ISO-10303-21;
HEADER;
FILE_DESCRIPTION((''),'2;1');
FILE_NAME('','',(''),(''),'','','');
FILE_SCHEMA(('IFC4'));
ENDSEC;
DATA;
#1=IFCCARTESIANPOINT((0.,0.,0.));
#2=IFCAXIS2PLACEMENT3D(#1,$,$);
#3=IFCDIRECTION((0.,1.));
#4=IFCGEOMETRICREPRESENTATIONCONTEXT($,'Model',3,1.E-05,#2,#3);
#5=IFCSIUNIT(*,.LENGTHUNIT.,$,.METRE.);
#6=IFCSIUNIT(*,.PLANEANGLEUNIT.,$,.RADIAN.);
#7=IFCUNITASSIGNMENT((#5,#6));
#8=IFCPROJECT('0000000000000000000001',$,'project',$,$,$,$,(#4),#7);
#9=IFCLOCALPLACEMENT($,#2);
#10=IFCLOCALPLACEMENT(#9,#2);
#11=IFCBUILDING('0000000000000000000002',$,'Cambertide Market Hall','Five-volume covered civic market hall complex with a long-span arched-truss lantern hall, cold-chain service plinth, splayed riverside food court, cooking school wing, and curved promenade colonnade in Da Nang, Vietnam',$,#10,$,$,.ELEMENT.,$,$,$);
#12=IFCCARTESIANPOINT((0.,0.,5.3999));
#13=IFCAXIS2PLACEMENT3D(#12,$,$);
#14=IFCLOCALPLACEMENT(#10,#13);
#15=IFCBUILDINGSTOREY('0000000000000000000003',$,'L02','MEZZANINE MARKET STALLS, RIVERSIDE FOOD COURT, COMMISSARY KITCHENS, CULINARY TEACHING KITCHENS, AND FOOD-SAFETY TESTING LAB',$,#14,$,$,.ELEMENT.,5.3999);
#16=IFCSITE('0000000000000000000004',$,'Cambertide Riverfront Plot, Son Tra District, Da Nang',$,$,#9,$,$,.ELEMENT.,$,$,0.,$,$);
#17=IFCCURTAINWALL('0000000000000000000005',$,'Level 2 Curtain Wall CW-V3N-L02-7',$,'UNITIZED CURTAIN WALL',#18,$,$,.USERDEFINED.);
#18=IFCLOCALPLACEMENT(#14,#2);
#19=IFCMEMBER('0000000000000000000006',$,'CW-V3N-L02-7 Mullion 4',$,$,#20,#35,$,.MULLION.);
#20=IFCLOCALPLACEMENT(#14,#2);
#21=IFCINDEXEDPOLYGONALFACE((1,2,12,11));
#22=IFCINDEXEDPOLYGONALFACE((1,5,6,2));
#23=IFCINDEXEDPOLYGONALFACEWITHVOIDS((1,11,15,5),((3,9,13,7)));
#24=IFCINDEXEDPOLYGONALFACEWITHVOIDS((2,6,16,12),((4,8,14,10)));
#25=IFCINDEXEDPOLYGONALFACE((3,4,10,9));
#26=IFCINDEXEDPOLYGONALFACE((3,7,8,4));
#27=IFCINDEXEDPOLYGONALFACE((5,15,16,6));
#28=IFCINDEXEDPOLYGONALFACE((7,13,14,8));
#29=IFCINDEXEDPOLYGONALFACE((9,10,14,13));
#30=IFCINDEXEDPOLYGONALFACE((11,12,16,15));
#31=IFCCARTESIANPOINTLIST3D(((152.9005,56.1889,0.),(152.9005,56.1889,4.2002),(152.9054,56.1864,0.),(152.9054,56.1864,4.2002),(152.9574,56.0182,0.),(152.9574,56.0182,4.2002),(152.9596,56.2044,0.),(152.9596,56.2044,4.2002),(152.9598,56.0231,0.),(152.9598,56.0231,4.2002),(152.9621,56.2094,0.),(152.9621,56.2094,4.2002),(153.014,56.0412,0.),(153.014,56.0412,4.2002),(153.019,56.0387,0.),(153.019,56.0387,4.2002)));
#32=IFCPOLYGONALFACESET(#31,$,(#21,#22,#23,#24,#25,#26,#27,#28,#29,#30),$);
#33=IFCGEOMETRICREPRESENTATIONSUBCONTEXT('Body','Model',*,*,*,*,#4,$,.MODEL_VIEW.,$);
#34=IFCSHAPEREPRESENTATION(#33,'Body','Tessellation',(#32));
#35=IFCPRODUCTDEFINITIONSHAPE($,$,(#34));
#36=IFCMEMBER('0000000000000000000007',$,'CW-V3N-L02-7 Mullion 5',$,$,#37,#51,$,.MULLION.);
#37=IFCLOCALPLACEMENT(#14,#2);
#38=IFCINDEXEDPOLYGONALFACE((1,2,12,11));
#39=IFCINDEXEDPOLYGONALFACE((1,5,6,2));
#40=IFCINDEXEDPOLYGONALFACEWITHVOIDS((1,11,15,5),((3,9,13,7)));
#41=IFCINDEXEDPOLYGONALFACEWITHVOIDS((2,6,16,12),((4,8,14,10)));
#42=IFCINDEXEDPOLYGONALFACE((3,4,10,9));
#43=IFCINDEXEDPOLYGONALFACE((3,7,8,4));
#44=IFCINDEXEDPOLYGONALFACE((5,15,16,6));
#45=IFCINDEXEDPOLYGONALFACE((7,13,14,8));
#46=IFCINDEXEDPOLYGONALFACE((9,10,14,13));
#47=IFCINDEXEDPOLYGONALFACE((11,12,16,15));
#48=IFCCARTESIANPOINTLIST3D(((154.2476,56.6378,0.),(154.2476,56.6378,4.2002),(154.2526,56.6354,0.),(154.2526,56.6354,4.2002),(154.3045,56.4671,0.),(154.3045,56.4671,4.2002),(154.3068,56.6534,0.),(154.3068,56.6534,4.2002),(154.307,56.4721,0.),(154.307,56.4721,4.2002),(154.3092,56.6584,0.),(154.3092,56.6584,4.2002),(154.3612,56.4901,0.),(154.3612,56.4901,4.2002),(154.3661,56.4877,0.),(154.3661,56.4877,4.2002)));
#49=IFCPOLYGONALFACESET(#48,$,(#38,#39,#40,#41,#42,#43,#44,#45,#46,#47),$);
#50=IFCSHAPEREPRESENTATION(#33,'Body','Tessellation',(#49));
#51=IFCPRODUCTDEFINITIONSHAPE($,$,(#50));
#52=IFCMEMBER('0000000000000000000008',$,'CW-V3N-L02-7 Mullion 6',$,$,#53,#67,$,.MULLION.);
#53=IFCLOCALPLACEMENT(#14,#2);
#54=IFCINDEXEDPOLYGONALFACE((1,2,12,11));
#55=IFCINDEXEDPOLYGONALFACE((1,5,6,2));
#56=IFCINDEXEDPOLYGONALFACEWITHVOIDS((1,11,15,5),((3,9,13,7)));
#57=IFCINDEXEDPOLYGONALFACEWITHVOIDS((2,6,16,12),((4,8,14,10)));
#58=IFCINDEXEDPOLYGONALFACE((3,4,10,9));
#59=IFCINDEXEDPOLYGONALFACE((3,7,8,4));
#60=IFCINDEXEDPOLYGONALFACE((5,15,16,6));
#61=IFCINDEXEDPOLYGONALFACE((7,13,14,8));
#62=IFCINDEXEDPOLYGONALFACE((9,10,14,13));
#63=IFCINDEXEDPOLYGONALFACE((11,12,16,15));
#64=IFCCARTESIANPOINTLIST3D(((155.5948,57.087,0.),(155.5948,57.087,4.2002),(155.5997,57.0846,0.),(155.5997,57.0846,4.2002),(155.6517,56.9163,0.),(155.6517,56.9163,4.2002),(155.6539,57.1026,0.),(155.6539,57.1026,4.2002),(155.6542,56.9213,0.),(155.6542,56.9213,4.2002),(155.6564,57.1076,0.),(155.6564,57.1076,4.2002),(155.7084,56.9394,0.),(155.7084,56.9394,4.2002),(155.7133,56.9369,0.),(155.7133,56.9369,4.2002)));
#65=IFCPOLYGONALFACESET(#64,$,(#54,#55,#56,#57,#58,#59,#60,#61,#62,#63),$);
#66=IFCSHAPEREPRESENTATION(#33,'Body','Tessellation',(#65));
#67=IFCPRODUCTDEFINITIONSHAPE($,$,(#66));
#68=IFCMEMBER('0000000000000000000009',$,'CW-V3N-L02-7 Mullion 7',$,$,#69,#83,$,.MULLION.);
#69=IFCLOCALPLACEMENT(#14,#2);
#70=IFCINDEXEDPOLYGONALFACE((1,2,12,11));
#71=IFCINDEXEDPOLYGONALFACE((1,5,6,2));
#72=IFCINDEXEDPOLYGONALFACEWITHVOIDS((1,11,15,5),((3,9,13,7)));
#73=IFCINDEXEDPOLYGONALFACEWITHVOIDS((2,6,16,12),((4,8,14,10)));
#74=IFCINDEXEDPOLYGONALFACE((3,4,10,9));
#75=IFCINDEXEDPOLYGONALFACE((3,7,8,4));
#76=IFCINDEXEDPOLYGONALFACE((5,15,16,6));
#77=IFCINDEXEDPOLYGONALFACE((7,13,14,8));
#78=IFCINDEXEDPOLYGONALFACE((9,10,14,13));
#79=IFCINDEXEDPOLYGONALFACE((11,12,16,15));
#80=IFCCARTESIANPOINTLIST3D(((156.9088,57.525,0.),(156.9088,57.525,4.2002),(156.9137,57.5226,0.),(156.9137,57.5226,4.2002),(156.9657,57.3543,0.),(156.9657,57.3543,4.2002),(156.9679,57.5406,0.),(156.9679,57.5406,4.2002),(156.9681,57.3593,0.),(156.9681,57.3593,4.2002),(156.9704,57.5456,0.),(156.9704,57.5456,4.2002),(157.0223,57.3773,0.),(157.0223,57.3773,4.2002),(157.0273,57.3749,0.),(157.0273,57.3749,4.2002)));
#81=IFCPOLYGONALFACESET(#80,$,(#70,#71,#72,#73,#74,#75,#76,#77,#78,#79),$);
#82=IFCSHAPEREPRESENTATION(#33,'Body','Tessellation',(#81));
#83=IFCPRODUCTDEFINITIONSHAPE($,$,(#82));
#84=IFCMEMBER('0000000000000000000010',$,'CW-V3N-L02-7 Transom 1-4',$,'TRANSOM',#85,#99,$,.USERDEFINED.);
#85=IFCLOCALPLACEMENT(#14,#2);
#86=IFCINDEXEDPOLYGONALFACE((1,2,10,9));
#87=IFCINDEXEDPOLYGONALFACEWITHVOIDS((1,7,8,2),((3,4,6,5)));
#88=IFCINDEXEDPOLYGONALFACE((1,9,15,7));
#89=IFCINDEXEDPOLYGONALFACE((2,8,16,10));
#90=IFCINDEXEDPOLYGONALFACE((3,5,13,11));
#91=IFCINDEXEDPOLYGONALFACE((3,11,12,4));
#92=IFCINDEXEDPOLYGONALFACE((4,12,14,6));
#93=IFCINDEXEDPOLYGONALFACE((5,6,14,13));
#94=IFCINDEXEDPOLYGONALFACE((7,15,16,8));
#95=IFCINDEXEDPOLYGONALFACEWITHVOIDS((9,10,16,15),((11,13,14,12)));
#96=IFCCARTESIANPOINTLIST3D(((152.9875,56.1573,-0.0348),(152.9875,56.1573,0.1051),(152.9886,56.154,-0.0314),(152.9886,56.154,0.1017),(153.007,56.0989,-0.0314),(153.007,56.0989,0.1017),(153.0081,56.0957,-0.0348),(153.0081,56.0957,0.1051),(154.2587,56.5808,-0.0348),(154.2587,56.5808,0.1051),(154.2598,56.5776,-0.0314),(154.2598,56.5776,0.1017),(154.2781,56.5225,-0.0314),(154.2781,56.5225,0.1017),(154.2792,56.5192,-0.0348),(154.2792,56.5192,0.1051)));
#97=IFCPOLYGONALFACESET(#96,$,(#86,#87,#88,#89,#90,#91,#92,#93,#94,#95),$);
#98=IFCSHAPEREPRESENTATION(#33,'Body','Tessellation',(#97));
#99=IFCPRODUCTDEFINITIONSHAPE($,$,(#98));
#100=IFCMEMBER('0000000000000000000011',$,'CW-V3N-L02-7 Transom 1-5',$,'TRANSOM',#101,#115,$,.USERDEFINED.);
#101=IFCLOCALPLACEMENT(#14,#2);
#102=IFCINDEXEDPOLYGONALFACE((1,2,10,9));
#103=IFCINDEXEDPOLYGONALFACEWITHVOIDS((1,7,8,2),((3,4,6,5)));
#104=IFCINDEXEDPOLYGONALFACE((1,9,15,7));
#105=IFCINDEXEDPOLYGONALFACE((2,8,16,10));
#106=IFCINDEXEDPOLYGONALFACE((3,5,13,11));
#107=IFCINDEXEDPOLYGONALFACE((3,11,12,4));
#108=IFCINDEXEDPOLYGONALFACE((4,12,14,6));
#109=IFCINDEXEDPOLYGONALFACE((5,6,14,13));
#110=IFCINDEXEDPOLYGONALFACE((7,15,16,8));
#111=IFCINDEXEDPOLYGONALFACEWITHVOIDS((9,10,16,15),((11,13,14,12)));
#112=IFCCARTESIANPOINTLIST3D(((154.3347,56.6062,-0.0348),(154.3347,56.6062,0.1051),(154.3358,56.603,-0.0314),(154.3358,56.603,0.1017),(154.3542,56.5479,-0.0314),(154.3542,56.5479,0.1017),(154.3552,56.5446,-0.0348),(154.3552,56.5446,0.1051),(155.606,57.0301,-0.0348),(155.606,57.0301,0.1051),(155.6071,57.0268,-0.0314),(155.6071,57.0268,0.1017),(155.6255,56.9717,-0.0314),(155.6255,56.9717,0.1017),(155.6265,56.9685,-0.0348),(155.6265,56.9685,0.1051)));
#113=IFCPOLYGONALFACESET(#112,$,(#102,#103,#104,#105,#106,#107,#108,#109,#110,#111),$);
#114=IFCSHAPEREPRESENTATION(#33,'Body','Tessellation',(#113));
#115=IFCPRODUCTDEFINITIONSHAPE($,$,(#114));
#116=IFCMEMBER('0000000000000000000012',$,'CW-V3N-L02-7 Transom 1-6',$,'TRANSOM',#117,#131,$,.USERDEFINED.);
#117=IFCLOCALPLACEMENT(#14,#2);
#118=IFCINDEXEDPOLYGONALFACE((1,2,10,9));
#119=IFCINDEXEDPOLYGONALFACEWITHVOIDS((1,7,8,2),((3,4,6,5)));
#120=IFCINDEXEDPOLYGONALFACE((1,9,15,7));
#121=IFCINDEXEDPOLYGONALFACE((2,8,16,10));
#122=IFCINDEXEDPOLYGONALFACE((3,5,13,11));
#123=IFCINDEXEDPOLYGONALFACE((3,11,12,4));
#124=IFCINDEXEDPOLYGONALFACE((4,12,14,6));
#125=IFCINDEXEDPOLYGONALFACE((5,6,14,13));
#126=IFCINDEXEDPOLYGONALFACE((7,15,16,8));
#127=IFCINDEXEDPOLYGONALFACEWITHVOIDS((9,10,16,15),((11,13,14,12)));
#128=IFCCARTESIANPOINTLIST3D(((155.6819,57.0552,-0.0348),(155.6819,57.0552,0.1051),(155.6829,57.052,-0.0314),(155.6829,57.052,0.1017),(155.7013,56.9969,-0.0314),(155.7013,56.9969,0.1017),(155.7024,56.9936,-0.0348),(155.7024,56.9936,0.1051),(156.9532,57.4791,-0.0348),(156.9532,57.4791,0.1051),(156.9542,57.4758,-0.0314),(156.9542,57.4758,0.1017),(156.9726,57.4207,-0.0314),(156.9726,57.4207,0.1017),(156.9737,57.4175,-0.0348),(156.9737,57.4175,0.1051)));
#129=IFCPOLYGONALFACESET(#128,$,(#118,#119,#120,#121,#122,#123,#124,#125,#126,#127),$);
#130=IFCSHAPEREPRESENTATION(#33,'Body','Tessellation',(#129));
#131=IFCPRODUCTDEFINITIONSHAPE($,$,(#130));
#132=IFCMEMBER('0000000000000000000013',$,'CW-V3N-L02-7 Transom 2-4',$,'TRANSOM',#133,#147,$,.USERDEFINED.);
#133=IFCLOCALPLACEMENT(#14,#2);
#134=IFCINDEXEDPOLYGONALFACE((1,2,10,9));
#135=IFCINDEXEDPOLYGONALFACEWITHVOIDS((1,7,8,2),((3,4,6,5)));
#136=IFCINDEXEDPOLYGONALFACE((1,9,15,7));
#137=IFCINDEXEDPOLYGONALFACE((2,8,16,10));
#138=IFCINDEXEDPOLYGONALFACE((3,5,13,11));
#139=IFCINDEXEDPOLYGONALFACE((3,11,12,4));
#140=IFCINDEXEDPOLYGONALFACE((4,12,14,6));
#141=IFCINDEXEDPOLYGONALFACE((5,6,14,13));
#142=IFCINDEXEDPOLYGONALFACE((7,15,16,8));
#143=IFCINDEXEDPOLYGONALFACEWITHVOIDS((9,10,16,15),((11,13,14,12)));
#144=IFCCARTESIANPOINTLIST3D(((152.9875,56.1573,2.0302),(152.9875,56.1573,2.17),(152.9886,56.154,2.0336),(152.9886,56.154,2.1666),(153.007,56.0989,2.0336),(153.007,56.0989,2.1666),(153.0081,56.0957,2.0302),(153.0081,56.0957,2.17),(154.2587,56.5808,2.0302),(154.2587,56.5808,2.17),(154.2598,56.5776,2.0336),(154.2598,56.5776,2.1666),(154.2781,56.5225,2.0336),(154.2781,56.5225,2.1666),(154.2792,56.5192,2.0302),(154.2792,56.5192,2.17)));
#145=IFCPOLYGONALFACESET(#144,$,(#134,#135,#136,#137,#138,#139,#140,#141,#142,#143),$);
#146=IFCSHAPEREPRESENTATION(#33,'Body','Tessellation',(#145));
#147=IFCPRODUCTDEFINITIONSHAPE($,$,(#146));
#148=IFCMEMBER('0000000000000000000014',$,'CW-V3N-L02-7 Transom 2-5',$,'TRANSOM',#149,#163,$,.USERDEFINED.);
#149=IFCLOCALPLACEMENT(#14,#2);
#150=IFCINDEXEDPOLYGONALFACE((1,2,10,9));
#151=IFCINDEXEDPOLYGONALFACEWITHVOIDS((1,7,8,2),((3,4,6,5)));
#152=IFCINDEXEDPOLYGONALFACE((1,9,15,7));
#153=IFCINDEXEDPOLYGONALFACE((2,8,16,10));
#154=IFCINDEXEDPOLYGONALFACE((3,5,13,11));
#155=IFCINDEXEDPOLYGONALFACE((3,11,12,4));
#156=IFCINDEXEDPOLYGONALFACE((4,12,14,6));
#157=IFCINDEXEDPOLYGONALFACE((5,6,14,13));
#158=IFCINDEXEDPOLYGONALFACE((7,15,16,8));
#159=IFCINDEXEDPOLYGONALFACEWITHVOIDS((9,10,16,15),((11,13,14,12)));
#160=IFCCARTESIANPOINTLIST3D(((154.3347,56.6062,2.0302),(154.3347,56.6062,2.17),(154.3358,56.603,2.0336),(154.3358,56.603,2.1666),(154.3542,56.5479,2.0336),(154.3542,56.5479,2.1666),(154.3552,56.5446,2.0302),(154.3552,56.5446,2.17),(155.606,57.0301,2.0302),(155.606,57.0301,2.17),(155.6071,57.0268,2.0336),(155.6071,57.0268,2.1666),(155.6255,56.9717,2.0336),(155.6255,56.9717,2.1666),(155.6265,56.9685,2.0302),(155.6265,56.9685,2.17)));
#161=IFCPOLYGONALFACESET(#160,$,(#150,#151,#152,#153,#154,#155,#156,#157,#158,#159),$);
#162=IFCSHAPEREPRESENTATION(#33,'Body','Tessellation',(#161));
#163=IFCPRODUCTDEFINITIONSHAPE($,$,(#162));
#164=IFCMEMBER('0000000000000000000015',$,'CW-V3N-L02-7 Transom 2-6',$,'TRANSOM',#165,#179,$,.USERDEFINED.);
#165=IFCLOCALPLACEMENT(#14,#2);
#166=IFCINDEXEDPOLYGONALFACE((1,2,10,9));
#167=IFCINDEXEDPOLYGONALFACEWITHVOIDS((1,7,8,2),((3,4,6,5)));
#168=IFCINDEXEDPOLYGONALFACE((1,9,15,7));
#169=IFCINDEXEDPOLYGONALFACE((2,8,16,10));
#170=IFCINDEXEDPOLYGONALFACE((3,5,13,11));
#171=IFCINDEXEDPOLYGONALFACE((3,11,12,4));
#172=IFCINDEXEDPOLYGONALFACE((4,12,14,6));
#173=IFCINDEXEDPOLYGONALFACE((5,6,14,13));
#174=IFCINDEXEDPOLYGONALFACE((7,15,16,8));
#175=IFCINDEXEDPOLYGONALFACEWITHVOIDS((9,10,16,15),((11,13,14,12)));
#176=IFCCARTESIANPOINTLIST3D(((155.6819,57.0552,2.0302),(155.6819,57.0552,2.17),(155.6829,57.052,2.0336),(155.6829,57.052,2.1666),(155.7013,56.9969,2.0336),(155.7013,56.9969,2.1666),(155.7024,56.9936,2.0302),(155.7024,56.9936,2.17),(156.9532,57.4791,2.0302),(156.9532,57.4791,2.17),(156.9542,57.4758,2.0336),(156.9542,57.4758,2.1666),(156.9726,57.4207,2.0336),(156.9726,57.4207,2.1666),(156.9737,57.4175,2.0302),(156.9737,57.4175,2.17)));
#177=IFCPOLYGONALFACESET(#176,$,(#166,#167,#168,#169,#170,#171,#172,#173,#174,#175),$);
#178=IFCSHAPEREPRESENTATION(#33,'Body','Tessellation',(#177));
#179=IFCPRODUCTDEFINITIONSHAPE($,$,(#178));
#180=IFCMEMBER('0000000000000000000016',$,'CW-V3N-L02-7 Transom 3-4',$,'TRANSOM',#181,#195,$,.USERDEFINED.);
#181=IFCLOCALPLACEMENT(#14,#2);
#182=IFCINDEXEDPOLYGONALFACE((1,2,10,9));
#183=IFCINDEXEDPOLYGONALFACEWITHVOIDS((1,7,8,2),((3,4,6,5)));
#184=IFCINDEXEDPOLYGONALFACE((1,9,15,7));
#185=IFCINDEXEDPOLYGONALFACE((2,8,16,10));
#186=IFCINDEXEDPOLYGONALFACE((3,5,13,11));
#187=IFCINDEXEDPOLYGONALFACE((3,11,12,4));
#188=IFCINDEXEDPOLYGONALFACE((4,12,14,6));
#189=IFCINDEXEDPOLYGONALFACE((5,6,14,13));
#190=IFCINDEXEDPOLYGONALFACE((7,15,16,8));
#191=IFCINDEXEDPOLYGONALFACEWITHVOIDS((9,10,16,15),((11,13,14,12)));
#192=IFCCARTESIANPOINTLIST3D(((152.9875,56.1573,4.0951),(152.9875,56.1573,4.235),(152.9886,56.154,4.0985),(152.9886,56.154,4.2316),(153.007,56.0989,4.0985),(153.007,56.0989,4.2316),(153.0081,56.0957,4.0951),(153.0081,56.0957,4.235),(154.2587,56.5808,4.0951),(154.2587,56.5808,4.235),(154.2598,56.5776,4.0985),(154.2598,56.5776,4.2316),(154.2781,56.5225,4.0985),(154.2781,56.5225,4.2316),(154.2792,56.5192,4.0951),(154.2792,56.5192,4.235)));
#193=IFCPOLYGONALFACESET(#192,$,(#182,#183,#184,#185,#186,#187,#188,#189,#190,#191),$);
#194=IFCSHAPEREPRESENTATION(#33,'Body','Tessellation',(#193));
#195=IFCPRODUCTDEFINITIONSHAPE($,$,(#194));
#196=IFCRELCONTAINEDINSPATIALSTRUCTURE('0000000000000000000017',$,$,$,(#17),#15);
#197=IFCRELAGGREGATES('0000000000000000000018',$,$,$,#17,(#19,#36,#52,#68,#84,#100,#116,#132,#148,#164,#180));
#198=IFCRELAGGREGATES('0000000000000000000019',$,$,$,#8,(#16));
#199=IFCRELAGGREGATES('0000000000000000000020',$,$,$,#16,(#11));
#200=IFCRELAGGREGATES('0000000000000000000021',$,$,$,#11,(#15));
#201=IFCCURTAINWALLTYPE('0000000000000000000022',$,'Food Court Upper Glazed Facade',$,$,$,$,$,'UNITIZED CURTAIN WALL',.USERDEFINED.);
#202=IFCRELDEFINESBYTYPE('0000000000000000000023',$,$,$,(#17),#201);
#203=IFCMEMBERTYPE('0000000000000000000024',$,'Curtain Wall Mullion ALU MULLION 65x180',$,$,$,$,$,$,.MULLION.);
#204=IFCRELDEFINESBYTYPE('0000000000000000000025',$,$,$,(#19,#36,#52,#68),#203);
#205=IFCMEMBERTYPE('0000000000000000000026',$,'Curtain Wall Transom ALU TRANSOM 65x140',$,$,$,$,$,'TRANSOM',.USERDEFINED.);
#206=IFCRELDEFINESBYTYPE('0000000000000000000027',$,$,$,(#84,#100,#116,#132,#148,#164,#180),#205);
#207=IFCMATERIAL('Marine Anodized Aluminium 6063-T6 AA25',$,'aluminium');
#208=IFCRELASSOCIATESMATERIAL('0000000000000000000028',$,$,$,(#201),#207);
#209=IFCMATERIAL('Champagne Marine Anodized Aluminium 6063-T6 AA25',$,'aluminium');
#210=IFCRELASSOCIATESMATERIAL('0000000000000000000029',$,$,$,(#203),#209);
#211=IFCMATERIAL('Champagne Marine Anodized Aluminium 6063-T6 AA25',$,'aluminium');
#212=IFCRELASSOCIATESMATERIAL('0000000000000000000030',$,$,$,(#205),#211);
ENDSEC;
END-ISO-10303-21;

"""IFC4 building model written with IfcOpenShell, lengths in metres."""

from ifc_helpers import new_model, si_unit, direction, frame, origin, origin_2d, place, context, subcontext, project, spatial, hollow_rectangle, extrude, material, material_profile, profile_set, type_object, element, aggregate, save


model = new_model("IFC4")

# Units and contexts
model_context = context("Model", 3, precision=1e-05, world=origin(), true_north=direction((0.0, 1.0)))
body_context = subcontext(model_context, "Body", "Model", "MODEL_VIEW")
ifc_project = project(units=[si_unit("LENGTHUNIT", "METRE"), si_unit("PLANEANGLEUNIT", "RADIAN")], contexts=[model_context])

# Site, building, storey
site_placement = place(None, origin())
site = spatial("IfcSite", under=ifc_project, at=site_placement, Name="Cambertide Riverfront Plot, Son Tra District, Da Nang", CompositionType="ELEMENT", RefElevation=0.0)
building_placement = place(site_placement, origin())
building = spatial("IfcBuilding", under=site, at=building_placement, Name="Cambertide Market Hall", Description="Five-volume covered civic market hall complex with a long-span arched-truss lantern hall, cold-chain service plinth, splayed riverside food court, cooking school wing, and curved promenade colonnade in Da Nang, Vietnam", CompositionType="ELEMENT")
storey_placement = place(building_placement, frame((0.0, 0.0, 5.3999)))
storey = spatial("IfcBuildingStorey", under=building, at=storey_placement, Name="L02", Description="MEZZANINE MARKET STALLS, RIVERSIDE FOOD COURT, COMMISSARY KITCHENS, CULINARY TEACHING KITCHENS, AND FOOD-SAFETY TESTING LAB", CompositionType="ELEMENT", Elevation=5.3999)

# Curtain wall, members
ifc_material_1 = material(Name="Marine Anodized Aluminium 6063-T6 AA25", Category="aluminium")
curtain_wall_type = type_object("IfcCurtainWallType", Name="Food Court Upper Glazed Facade", ElementType="UNITIZED CURTAIN WALL", PredefinedType="USERDEFINED", material=ifc_material_1)
curtain_wall_placement = place(storey_placement, origin())
curtain_wall = element("IfcCurtainWall", 1, at=curtain_wall_placement, inside=storey, type_object=curtain_wall_type, Name="Level 2 Curtain Wall CW-V3N-L02-7", ObjectType="UNITIZED CURTAIN WALL", PredefinedType="USERDEFINED")
ifc_material_2 = material(Name="Champagne Marine Anodized Aluminium 6063-T6 AA25", Category="aluminium")
ifc_material_profile_1 = material_profile(ifc_material_2, hollow_rectangle(XDim=0.0649, YDim=0.1799, WallThickness=0.0039, at=origin_2d()), Name="ALU MULLION 65x180")
ifc_profile_set_1 = profile_set([ifc_material_profile_1], Name="Champagne Marine Anodized Aluminium 6063-T6 AA25")
member_type_1 = type_object("IfcMemberType", Name="Curtain Wall Mullion ALU MULLION 65x180", PredefinedType="MULLION", material=ifc_profile_set_1)
member_1_placement = place(storey_placement, frame((152.9597, 56.1138, 0.0), z_axis=(0.0, 0.0, 1.0), x_axis=(0.948683, 0.316228, 0.0)))
member_1 = element("IfcMember", 2, at=member_1_placement, type_object=member_type_1, Name="CW-V3N-L02-7 Mullion 4", PredefinedType="MULLION", context=body_context, shape_type="SweptSolid", body=[
    extrude(hollow_rectangle(XDim=0.0649, YDim=0.1799, WallThickness=0.0039, at=origin_2d()), origin(), (0.0, 0.0, 1.0), 4.2002),
])
member_2_placement = place(storey_placement, frame((154.3069, 56.5627, 0.0), z_axis=(0.0, 0.0, 1.0), x_axis=(0.948683, 0.316228, 0.0)))
member_2 = element("IfcMember", 3, at=member_2_placement, type_object=member_type_1, Name="CW-V3N-L02-7 Mullion 5", PredefinedType="MULLION", context=body_context, shape_type="SweptSolid", body=[
    extrude(hollow_rectangle(XDim=0.0649, YDim=0.1799, WallThickness=0.0039, at=origin_2d()), origin(), (0.0, 0.0, 1.0), 4.2002),
])
member_3_placement = place(storey_placement, frame((155.6541, 57.012, 0.0), z_axis=(0.0, 0.0, 1.0), x_axis=(0.948683, 0.316228, 0.0)))
member_3 = element("IfcMember", 4, at=member_3_placement, type_object=member_type_1, Name="CW-V3N-L02-7 Mullion 6", PredefinedType="MULLION", context=body_context, shape_type="SweptSolid", body=[
    extrude(hollow_rectangle(XDim=0.0649, YDim=0.1799, WallThickness=0.0039, at=origin_2d()), origin(), (0.0, 0.0, 1.0), 4.2002),
])
member_4_placement = place(storey_placement, frame((156.968, 57.45, 0.0), z_axis=(0.0, 0.0, 1.0), x_axis=(0.948683, 0.316228, 0.0)))
member_4 = element("IfcMember", 5, at=member_4_placement, type_object=member_type_1, Name="CW-V3N-L02-7 Mullion 7", PredefinedType="MULLION", context=body_context, shape_type="SweptSolid", body=[
    extrude(hollow_rectangle(XDim=0.0649, YDim=0.1799, WallThickness=0.0039, at=origin_2d()), origin(), (0.0, 0.0, 1.0), 4.2002),
])
ifc_material_3 = material(Name="Champagne Marine Anodized Aluminium 6063-T6 AA25", Category="aluminium")
ifc_material_profile_2 = material_profile(ifc_material_3, hollow_rectangle(XDim=0.0649, YDim=0.1399, WallThickness=0.0034, at=origin_2d()), Name="ALU TRANSOM 65x140")
ifc_profile_set_2 = profile_set([ifc_material_profile_2], Name="Champagne Marine Anodized Aluminium 6063-T6 AA25")
member_type_2 = type_object("IfcMemberType", Name="Curtain Wall Transom ALU TRANSOM 65x140", ElementType="TRANSOM", PredefinedType="USERDEFINED", material=ifc_profile_set_2)
member_5_placement = place(storey_placement, frame((152.9978, 56.1265, 0.0352), z_axis=(0.94872, 0.316118, 0.0), x_axis=(-0.316118, 0.94872, 0.0)))
member_5 = element("IfcMember", 6, at=member_5_placement, type_object=member_type_2, Name="CW-V3N-L02-7 Transom 1-4", ObjectType="TRANSOM", PredefinedType="USERDEFINED", context=body_context, shape_type="SweptSolid", body=[
    extrude(hollow_rectangle(XDim=0.0649, YDim=0.1399, WallThickness=0.0034, at=origin_2d()), origin(), (0.0, 0.0, 1.0), 1.3398),
])
member_6_placement = place(storey_placement, frame((154.345, 56.5754, 0.0352), z_axis=(0.948665, 0.316282, 0.0), x_axis=(-0.316282, 0.948665, 0.0)))
member_6 = element("IfcMember", 7, at=member_6_placement, type_object=member_type_2, Name="CW-V3N-L02-7 Transom 1-5", ObjectType="TRANSOM", PredefinedType="USERDEFINED", context=body_context, shape_type="SweptSolid", body=[
    extrude(hollow_rectangle(XDim=0.0649, YDim=0.1399, WallThickness=0.0034, at=origin_2d()), origin(), (0.0, 0.0, 1.0), 1.3401),
])
member_7_placement = place(storey_placement, frame((155.6921, 57.0244, 0.0352), z_axis=(0.948665, 0.316282, 0.0), x_axis=(-0.316282, 0.948665, 0.0)))
member_7 = element("IfcMember", 8, at=member_7_placement, type_object=member_type_2, Name="CW-V3N-L02-7 Transom 1-6", ObjectType="TRANSOM", PredefinedType="USERDEFINED", context=body_context, shape_type="SweptSolid", body=[
    extrude(hollow_rectangle(XDim=0.0649, YDim=0.1399, WallThickness=0.0034, at=origin_2d()), origin(), (0.0, 0.0, 1.0), 1.3401),
])
member_8_placement = place(storey_placement, frame((152.9978, 56.1265, 2.1001), z_axis=(0.94872, 0.316118, 0.0), x_axis=(-0.316118, 0.94872, 0.0)))
member_8 = element("IfcMember", 9, at=member_8_placement, type_object=member_type_2, Name="CW-V3N-L02-7 Transom 2-4", ObjectType="TRANSOM", PredefinedType="USERDEFINED", context=body_context, shape_type="SweptSolid", body=[
    extrude(hollow_rectangle(XDim=0.0649, YDim=0.1399, WallThickness=0.0034, at=origin_2d()), origin(), (0.0, 0.0, 1.0), 1.3398),
])
member_9_placement = place(storey_placement, frame((154.345, 56.5754, 2.1001), z_axis=(0.948665, 0.316282, 0.0), x_axis=(-0.316282, 0.948665, 0.0)))
member_9 = element("IfcMember", 10, at=member_9_placement, type_object=member_type_2, Name="CW-V3N-L02-7 Transom 2-5", ObjectType="TRANSOM", PredefinedType="USERDEFINED", context=body_context, shape_type="SweptSolid", body=[
    extrude(hollow_rectangle(XDim=0.0649, YDim=0.1399, WallThickness=0.0034, at=origin_2d()), origin(), (0.0, 0.0, 1.0), 1.3401),
])
member_10_placement = place(storey_placement, frame((155.6921, 57.0244, 2.1001), z_axis=(0.948665, 0.316282, 0.0), x_axis=(-0.316282, 0.948665, 0.0)))
member_10 = element("IfcMember", 11, at=member_10_placement, type_object=member_type_2, Name="CW-V3N-L02-7 Transom 2-6", ObjectType="TRANSOM", PredefinedType="USERDEFINED", context=body_context, shape_type="SweptSolid", body=[
    extrude(hollow_rectangle(XDim=0.0649, YDim=0.1399, WallThickness=0.0034, at=origin_2d()), origin(), (0.0, 0.0, 1.0), 1.3401),
])
member_11_placement = place(storey_placement, frame((152.9978, 56.1265, 4.165), z_axis=(0.94872, 0.316118, 0.0), x_axis=(-0.316118, 0.94872, 0.0)))
member_11 = element("IfcMember", 12, at=member_11_placement, type_object=member_type_2, Name="CW-V3N-L02-7 Transom 3-4", ObjectType="TRANSOM", PredefinedType="USERDEFINED", context=body_context, shape_type="SweptSolid", body=[
    extrude(hollow_rectangle(XDim=0.0649, YDim=0.1399, WallThickness=0.0034, at=origin_2d()), origin(), (0.0, 0.0, 1.0), 1.3398),
])
aggregate(curtain_wall, [member_1, member_2, member_3, member_4, member_5, member_6, member_7, member_8, member_9, member_10, member_11])

save(model, "model.ifc")
